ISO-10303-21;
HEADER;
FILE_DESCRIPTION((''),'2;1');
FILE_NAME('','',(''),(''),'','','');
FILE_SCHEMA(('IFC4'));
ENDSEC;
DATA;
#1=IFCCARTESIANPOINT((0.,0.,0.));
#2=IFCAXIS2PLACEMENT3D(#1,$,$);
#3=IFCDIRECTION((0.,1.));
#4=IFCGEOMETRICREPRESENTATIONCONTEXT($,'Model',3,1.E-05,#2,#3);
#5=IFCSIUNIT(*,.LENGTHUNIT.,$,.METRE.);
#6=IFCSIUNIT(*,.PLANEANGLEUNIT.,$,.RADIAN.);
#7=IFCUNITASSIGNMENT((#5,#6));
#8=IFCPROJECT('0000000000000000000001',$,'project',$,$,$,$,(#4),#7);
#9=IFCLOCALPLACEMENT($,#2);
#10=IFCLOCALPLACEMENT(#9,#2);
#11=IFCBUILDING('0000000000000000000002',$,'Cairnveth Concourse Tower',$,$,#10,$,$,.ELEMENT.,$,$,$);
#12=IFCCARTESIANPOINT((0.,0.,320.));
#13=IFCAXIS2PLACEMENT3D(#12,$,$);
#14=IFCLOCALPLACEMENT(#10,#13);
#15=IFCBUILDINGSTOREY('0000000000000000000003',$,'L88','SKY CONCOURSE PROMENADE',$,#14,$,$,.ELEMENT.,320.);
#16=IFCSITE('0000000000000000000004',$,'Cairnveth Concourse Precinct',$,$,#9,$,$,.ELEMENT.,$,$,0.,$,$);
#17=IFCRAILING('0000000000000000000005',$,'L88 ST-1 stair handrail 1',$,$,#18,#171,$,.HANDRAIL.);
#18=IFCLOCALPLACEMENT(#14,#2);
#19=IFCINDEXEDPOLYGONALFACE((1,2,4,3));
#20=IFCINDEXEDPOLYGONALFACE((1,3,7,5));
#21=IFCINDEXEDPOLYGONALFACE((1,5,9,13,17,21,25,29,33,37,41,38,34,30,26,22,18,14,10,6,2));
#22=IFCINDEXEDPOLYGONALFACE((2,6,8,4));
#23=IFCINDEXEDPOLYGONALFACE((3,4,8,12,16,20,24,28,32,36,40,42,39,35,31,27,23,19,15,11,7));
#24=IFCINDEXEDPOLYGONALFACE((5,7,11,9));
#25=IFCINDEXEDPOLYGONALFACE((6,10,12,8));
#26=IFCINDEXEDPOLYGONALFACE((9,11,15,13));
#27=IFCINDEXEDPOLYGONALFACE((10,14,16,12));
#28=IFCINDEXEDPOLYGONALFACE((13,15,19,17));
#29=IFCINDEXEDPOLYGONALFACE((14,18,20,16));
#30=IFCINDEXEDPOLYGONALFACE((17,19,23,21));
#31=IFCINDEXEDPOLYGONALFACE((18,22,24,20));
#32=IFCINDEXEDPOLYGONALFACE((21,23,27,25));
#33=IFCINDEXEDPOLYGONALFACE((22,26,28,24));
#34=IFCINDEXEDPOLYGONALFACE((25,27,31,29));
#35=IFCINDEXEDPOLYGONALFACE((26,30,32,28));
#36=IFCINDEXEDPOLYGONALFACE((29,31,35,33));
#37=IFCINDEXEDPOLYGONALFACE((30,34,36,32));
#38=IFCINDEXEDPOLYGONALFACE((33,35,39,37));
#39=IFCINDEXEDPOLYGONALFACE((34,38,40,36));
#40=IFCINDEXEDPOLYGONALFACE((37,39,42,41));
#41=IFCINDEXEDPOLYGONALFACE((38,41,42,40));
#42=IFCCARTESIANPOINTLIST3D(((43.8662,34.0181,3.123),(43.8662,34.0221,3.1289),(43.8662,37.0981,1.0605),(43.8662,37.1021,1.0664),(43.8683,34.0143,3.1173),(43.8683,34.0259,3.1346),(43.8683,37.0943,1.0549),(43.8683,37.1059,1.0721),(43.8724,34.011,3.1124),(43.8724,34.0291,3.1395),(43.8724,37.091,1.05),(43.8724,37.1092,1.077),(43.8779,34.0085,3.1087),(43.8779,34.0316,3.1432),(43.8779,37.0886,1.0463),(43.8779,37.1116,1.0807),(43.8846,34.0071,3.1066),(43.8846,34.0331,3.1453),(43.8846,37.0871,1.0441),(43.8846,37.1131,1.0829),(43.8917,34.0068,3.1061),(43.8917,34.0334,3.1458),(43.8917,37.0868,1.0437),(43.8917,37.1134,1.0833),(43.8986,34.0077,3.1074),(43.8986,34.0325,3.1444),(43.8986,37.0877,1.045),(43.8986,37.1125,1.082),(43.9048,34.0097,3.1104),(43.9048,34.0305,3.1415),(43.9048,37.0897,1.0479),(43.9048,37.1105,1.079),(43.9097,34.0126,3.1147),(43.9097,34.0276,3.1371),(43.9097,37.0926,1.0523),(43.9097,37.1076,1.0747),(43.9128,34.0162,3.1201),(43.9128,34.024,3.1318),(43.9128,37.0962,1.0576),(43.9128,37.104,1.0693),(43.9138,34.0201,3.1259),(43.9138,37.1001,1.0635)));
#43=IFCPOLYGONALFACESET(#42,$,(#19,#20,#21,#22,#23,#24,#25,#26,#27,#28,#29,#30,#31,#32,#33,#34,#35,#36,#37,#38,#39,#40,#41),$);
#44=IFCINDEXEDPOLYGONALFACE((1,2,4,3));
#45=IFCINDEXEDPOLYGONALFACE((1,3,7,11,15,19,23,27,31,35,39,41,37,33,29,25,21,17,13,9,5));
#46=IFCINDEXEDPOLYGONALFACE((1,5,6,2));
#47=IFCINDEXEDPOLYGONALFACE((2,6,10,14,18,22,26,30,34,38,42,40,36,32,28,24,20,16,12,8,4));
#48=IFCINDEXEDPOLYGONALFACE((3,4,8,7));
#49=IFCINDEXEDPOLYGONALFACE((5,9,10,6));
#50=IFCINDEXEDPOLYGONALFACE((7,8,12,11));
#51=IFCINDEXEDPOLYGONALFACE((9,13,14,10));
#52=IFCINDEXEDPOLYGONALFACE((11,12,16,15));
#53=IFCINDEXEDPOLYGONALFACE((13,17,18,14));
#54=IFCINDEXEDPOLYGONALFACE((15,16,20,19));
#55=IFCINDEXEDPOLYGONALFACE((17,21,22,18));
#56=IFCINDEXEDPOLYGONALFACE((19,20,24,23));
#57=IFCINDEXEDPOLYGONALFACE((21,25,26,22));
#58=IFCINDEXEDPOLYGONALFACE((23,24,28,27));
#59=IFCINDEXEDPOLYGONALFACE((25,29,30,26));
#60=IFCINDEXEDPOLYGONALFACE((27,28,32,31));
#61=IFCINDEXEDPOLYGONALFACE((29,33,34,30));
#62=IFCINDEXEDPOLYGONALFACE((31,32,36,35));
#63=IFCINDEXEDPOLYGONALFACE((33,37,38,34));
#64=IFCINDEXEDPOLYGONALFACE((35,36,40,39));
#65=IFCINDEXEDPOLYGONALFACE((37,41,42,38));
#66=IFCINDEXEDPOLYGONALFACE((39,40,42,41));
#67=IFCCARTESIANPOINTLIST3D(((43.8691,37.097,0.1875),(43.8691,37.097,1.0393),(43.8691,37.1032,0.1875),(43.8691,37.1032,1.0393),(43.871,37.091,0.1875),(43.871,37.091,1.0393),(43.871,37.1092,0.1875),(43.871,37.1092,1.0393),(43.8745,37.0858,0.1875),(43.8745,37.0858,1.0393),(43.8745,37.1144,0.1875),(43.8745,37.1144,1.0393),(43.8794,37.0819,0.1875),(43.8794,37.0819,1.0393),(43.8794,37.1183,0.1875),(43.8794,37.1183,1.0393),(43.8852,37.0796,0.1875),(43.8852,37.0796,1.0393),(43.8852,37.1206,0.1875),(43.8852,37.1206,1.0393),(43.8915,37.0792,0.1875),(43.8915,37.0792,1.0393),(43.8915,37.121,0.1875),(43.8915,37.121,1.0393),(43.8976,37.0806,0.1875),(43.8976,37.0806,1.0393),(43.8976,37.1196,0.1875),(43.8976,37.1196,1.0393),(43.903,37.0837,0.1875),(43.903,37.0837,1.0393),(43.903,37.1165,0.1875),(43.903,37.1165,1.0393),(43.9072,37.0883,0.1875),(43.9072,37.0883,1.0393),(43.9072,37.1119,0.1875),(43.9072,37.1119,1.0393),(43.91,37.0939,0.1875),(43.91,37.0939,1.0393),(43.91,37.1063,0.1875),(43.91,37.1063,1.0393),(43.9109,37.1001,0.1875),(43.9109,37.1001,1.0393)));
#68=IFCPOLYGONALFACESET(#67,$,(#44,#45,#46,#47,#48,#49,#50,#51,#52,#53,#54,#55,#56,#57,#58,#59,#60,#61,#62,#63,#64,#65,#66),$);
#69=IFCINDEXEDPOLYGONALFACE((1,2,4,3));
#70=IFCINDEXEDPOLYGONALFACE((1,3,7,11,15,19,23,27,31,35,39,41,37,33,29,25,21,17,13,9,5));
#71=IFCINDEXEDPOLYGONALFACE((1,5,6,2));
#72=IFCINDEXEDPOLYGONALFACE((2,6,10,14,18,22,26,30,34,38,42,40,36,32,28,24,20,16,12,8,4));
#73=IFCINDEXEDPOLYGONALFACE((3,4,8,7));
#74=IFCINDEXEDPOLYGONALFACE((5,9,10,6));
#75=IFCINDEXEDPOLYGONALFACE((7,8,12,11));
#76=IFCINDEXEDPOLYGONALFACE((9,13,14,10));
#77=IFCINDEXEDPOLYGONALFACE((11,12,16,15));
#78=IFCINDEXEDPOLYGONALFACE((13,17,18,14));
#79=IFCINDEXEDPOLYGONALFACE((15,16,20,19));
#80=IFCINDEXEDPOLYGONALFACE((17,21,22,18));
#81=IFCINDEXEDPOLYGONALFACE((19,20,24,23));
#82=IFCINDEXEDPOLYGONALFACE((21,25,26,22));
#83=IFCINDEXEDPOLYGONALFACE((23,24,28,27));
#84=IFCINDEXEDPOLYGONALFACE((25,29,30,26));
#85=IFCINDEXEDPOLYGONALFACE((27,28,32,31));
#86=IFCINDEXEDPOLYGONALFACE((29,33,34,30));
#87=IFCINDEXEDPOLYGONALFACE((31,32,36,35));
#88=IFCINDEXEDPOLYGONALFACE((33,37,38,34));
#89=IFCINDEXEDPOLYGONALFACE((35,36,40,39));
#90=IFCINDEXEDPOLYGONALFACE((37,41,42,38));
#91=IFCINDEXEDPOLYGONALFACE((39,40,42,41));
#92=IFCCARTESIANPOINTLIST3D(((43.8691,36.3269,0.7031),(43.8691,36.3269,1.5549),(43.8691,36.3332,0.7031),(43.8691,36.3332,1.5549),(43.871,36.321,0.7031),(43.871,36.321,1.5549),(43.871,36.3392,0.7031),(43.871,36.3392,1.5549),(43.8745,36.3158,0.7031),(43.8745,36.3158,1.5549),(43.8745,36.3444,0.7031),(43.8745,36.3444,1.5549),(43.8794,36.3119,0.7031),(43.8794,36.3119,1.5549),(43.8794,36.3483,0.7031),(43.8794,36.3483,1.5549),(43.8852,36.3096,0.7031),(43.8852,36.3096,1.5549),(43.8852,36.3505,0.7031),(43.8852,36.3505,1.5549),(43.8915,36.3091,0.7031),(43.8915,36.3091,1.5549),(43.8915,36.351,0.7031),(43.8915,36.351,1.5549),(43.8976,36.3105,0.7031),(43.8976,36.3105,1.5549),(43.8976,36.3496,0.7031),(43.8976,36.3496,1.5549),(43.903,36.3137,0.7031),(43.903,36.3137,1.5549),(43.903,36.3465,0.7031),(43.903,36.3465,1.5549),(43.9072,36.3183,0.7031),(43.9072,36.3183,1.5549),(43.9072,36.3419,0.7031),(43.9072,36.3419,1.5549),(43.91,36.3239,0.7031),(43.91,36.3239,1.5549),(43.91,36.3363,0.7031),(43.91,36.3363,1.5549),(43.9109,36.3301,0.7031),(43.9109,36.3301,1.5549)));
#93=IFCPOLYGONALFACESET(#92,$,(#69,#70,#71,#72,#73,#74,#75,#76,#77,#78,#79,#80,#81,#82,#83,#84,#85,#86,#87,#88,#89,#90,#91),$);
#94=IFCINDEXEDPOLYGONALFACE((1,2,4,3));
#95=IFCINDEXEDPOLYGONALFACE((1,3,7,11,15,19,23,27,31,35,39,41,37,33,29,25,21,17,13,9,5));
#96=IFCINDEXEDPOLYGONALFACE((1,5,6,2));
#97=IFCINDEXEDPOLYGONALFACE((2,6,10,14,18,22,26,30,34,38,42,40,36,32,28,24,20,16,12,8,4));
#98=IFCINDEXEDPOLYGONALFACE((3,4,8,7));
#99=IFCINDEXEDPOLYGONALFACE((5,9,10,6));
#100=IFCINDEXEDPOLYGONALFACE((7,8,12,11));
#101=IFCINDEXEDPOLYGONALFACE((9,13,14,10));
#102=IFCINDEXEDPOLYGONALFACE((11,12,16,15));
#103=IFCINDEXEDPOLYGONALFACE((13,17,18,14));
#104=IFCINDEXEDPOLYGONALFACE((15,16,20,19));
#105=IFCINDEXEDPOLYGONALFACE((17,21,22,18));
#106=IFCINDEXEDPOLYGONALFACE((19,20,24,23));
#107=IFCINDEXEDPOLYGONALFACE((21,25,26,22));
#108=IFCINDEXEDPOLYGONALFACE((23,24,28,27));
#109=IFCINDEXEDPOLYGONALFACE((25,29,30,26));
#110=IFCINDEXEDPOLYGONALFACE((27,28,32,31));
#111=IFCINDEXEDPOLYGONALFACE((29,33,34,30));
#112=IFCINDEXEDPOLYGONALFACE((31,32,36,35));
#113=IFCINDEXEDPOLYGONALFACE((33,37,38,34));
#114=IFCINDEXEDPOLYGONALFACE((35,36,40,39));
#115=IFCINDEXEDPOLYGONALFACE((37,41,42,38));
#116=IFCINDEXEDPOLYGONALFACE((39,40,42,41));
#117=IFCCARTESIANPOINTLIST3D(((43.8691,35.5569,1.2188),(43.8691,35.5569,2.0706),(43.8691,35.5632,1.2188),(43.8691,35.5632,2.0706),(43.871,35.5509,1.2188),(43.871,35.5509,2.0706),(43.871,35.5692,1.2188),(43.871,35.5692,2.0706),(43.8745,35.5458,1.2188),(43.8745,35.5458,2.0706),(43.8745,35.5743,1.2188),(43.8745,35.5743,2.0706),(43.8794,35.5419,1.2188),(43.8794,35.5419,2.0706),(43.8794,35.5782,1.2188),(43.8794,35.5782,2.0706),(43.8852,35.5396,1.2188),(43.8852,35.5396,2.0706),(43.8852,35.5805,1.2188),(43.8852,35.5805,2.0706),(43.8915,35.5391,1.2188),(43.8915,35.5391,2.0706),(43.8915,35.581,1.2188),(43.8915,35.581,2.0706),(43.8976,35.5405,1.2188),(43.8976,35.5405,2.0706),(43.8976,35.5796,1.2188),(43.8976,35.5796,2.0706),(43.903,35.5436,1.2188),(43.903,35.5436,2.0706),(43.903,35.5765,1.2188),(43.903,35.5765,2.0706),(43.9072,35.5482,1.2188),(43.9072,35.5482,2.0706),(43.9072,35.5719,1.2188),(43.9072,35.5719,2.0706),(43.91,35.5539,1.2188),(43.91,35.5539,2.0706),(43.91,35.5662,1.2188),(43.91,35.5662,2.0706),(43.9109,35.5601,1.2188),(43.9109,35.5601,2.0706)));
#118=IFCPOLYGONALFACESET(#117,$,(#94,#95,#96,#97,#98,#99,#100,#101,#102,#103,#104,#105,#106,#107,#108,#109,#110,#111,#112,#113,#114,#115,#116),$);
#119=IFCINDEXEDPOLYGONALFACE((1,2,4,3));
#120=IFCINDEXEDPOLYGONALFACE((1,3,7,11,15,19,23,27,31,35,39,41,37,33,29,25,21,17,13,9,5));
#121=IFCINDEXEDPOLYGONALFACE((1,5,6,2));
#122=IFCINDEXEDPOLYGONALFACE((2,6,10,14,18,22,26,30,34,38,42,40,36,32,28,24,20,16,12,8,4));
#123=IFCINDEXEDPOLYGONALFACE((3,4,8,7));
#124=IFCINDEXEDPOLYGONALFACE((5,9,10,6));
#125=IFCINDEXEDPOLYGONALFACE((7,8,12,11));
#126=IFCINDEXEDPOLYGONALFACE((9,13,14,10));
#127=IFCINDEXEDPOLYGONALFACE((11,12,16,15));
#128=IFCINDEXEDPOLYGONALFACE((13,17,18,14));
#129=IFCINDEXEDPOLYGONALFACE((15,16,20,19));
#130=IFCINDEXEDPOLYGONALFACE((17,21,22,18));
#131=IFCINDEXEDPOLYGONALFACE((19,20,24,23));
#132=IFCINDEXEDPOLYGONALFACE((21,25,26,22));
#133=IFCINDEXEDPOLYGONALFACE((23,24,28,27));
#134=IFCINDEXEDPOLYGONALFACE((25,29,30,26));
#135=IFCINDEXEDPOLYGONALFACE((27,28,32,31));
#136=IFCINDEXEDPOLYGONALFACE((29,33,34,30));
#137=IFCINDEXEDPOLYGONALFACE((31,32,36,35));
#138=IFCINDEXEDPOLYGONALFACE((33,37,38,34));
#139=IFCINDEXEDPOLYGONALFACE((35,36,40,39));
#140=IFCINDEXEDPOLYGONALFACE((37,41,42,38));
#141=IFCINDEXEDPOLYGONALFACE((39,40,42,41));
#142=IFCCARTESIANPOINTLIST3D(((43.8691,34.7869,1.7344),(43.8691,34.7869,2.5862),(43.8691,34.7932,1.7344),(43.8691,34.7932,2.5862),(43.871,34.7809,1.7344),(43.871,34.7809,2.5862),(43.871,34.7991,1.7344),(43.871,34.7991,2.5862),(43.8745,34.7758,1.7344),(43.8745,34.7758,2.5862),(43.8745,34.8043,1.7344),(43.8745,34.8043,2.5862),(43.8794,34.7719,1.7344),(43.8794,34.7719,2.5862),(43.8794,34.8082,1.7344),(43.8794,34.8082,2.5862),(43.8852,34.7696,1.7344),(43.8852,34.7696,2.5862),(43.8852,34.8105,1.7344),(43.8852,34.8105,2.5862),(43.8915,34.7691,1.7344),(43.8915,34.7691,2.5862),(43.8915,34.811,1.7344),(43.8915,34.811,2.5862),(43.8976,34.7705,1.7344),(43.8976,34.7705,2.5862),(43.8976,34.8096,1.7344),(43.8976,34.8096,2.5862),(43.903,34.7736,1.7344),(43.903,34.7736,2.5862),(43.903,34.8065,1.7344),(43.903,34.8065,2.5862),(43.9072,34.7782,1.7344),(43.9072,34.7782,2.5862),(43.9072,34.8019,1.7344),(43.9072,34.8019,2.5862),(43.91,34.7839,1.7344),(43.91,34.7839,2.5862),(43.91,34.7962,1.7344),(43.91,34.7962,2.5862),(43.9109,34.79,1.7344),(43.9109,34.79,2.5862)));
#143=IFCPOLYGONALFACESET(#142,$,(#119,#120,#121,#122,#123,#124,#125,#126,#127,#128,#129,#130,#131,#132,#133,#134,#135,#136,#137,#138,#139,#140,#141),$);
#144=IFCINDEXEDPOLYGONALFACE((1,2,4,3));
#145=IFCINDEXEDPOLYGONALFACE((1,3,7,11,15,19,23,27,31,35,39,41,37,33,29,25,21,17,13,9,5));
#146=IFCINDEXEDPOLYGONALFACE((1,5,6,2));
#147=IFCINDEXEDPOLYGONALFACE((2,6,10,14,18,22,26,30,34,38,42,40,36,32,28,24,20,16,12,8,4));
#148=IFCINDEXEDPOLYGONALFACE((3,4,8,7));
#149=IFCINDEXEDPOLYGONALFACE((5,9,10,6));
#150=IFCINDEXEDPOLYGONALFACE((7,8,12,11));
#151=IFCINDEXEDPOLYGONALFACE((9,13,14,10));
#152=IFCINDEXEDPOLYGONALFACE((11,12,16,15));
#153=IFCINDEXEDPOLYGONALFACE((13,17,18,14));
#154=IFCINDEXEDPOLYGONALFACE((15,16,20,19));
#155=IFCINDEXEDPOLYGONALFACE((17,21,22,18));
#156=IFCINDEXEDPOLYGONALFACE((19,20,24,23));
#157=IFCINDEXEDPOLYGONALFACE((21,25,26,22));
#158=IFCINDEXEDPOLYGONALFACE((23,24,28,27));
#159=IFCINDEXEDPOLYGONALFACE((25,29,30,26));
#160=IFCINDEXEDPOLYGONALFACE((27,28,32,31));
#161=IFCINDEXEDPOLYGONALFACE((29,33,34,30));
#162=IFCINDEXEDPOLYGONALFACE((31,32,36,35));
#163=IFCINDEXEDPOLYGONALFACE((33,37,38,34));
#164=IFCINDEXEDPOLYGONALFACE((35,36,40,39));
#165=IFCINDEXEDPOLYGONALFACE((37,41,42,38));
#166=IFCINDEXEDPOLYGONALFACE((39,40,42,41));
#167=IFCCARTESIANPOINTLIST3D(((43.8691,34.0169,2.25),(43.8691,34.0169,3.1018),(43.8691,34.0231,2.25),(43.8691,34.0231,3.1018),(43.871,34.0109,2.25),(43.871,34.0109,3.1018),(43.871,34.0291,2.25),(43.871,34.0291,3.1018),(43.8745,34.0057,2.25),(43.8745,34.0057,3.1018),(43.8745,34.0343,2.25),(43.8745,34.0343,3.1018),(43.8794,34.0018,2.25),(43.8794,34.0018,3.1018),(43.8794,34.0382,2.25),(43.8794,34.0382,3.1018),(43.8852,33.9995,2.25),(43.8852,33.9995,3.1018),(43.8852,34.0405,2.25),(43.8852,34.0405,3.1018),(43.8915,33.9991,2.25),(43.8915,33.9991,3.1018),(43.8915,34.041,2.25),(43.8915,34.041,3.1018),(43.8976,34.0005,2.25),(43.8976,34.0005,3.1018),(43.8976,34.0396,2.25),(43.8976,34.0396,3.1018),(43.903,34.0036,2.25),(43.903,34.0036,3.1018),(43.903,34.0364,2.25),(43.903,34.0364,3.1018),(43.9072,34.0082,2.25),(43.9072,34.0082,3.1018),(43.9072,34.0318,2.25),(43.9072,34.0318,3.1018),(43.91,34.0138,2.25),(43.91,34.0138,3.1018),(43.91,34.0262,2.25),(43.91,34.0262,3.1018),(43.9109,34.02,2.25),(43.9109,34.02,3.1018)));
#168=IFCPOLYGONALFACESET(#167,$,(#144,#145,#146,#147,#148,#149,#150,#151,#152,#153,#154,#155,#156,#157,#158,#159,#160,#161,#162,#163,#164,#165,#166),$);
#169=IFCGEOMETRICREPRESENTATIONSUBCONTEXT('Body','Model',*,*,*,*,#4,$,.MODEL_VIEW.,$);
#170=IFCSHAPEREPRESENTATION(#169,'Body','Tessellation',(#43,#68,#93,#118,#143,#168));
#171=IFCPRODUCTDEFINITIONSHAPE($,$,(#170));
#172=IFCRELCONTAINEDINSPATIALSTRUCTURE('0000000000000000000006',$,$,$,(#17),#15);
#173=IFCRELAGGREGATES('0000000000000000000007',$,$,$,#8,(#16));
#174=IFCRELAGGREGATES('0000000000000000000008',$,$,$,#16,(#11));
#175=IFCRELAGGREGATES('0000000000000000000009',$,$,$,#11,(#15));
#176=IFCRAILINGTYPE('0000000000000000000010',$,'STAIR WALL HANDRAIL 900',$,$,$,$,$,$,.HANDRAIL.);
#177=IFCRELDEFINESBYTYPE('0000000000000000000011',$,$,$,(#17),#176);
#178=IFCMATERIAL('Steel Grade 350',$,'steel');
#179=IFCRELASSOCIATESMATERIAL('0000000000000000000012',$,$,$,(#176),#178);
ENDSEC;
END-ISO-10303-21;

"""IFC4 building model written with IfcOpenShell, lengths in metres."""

from ifc_helpers import new_model, si_unit, direction, frame, origin, origin_2d, place, context, subcontext, project, spatial, circle, extrude, material, type_object, element, save


model = new_model("IFC4")

# Units and contexts
model_context = context("Model", 3, precision=1e-05, world=origin(), true_north=direction((0.0, 1.0)))
body_context = subcontext(model_context, "Body", "Model", "MODEL_VIEW")
ifc_project = project(units=[si_unit("LENGTHUNIT", "METRE"), si_unit("PLANEANGLEUNIT", "RADIAN")], contexts=[model_context])

# Site, building, storey
site_placement = place(None, origin())
site = spatial("IfcSite", under=ifc_project, at=site_placement, Name="Cairnveth Concourse Precinct", CompositionType="ELEMENT", RefElevation=0.0)
building_placement = place(site_placement, origin())
building = spatial("IfcBuilding", under=site, at=building_placement, Name="Cairnveth Concourse Tower", CompositionType="ELEMENT")
storey_placement = place(building_placement, frame((0.0, 0.0, 320.0)))
storey = spatial("IfcBuildingStorey", under=building, at=storey_placement, Name="L88", Description="SKY CONCOURSE PROMENADE", CompositionType="ELEMENT", Elevation=320.0)

# Shared definitions
ifc_material_1 = material(Name="Steel Grade 350", Category="steel")

# Railing
railing_type_1 = type_object("IfcRailingType", Name="STAIR WALL HANDRAIL 900", PredefinedType="HANDRAIL", material=ifc_material_1)
railing_1_placement = place(storey_placement, frame((43.8899, 37.1001, 0.1875)))
element("IfcRailing", 1, at=railing_1_placement, inside=storey, type_object=railing_type_1, Name="L88 ST-1 stair handrail 1", PredefinedType="HANDRAIL", context=body_context, shape_type="SweptSolid", body=[
    extrude(circle(Radius=0.0239, at=origin_2d()), frame((0.0, 0.0, 0.876), z_axis=(0.0, -0.830914, 0.556401), x_axis=(1.0, 0.0, 0.0)), (0.0, 0.0, 1.0), 3.7068),
    extrude(circle(Radius=0.021, at=origin_2d()), origin(), (0.0, 0.0, 1.0), 0.8518),
    extrude(circle(Radius=0.021, at=origin_2d()), frame((0.0, -0.77, 0.5156)), (0.0, 0.0, 1.0), 0.8518),
    extrude(circle(Radius=0.021, at=origin_2d()), frame((0.0, -1.54, 1.0312)), (0.0, 0.0, 1.0), 0.8518),
    extrude(circle(Radius=0.021, at=origin_2d()), frame((0.0, -2.3101, 1.5469)), (0.0, 0.0, 1.0), 0.8518),
    extrude(circle(Radius=0.021, at=origin_2d()), frame((0.0, -3.0801, 2.0625)), (0.0, 0.0, 1.0), 0.8518),
])

save(model, "model.ifc")
